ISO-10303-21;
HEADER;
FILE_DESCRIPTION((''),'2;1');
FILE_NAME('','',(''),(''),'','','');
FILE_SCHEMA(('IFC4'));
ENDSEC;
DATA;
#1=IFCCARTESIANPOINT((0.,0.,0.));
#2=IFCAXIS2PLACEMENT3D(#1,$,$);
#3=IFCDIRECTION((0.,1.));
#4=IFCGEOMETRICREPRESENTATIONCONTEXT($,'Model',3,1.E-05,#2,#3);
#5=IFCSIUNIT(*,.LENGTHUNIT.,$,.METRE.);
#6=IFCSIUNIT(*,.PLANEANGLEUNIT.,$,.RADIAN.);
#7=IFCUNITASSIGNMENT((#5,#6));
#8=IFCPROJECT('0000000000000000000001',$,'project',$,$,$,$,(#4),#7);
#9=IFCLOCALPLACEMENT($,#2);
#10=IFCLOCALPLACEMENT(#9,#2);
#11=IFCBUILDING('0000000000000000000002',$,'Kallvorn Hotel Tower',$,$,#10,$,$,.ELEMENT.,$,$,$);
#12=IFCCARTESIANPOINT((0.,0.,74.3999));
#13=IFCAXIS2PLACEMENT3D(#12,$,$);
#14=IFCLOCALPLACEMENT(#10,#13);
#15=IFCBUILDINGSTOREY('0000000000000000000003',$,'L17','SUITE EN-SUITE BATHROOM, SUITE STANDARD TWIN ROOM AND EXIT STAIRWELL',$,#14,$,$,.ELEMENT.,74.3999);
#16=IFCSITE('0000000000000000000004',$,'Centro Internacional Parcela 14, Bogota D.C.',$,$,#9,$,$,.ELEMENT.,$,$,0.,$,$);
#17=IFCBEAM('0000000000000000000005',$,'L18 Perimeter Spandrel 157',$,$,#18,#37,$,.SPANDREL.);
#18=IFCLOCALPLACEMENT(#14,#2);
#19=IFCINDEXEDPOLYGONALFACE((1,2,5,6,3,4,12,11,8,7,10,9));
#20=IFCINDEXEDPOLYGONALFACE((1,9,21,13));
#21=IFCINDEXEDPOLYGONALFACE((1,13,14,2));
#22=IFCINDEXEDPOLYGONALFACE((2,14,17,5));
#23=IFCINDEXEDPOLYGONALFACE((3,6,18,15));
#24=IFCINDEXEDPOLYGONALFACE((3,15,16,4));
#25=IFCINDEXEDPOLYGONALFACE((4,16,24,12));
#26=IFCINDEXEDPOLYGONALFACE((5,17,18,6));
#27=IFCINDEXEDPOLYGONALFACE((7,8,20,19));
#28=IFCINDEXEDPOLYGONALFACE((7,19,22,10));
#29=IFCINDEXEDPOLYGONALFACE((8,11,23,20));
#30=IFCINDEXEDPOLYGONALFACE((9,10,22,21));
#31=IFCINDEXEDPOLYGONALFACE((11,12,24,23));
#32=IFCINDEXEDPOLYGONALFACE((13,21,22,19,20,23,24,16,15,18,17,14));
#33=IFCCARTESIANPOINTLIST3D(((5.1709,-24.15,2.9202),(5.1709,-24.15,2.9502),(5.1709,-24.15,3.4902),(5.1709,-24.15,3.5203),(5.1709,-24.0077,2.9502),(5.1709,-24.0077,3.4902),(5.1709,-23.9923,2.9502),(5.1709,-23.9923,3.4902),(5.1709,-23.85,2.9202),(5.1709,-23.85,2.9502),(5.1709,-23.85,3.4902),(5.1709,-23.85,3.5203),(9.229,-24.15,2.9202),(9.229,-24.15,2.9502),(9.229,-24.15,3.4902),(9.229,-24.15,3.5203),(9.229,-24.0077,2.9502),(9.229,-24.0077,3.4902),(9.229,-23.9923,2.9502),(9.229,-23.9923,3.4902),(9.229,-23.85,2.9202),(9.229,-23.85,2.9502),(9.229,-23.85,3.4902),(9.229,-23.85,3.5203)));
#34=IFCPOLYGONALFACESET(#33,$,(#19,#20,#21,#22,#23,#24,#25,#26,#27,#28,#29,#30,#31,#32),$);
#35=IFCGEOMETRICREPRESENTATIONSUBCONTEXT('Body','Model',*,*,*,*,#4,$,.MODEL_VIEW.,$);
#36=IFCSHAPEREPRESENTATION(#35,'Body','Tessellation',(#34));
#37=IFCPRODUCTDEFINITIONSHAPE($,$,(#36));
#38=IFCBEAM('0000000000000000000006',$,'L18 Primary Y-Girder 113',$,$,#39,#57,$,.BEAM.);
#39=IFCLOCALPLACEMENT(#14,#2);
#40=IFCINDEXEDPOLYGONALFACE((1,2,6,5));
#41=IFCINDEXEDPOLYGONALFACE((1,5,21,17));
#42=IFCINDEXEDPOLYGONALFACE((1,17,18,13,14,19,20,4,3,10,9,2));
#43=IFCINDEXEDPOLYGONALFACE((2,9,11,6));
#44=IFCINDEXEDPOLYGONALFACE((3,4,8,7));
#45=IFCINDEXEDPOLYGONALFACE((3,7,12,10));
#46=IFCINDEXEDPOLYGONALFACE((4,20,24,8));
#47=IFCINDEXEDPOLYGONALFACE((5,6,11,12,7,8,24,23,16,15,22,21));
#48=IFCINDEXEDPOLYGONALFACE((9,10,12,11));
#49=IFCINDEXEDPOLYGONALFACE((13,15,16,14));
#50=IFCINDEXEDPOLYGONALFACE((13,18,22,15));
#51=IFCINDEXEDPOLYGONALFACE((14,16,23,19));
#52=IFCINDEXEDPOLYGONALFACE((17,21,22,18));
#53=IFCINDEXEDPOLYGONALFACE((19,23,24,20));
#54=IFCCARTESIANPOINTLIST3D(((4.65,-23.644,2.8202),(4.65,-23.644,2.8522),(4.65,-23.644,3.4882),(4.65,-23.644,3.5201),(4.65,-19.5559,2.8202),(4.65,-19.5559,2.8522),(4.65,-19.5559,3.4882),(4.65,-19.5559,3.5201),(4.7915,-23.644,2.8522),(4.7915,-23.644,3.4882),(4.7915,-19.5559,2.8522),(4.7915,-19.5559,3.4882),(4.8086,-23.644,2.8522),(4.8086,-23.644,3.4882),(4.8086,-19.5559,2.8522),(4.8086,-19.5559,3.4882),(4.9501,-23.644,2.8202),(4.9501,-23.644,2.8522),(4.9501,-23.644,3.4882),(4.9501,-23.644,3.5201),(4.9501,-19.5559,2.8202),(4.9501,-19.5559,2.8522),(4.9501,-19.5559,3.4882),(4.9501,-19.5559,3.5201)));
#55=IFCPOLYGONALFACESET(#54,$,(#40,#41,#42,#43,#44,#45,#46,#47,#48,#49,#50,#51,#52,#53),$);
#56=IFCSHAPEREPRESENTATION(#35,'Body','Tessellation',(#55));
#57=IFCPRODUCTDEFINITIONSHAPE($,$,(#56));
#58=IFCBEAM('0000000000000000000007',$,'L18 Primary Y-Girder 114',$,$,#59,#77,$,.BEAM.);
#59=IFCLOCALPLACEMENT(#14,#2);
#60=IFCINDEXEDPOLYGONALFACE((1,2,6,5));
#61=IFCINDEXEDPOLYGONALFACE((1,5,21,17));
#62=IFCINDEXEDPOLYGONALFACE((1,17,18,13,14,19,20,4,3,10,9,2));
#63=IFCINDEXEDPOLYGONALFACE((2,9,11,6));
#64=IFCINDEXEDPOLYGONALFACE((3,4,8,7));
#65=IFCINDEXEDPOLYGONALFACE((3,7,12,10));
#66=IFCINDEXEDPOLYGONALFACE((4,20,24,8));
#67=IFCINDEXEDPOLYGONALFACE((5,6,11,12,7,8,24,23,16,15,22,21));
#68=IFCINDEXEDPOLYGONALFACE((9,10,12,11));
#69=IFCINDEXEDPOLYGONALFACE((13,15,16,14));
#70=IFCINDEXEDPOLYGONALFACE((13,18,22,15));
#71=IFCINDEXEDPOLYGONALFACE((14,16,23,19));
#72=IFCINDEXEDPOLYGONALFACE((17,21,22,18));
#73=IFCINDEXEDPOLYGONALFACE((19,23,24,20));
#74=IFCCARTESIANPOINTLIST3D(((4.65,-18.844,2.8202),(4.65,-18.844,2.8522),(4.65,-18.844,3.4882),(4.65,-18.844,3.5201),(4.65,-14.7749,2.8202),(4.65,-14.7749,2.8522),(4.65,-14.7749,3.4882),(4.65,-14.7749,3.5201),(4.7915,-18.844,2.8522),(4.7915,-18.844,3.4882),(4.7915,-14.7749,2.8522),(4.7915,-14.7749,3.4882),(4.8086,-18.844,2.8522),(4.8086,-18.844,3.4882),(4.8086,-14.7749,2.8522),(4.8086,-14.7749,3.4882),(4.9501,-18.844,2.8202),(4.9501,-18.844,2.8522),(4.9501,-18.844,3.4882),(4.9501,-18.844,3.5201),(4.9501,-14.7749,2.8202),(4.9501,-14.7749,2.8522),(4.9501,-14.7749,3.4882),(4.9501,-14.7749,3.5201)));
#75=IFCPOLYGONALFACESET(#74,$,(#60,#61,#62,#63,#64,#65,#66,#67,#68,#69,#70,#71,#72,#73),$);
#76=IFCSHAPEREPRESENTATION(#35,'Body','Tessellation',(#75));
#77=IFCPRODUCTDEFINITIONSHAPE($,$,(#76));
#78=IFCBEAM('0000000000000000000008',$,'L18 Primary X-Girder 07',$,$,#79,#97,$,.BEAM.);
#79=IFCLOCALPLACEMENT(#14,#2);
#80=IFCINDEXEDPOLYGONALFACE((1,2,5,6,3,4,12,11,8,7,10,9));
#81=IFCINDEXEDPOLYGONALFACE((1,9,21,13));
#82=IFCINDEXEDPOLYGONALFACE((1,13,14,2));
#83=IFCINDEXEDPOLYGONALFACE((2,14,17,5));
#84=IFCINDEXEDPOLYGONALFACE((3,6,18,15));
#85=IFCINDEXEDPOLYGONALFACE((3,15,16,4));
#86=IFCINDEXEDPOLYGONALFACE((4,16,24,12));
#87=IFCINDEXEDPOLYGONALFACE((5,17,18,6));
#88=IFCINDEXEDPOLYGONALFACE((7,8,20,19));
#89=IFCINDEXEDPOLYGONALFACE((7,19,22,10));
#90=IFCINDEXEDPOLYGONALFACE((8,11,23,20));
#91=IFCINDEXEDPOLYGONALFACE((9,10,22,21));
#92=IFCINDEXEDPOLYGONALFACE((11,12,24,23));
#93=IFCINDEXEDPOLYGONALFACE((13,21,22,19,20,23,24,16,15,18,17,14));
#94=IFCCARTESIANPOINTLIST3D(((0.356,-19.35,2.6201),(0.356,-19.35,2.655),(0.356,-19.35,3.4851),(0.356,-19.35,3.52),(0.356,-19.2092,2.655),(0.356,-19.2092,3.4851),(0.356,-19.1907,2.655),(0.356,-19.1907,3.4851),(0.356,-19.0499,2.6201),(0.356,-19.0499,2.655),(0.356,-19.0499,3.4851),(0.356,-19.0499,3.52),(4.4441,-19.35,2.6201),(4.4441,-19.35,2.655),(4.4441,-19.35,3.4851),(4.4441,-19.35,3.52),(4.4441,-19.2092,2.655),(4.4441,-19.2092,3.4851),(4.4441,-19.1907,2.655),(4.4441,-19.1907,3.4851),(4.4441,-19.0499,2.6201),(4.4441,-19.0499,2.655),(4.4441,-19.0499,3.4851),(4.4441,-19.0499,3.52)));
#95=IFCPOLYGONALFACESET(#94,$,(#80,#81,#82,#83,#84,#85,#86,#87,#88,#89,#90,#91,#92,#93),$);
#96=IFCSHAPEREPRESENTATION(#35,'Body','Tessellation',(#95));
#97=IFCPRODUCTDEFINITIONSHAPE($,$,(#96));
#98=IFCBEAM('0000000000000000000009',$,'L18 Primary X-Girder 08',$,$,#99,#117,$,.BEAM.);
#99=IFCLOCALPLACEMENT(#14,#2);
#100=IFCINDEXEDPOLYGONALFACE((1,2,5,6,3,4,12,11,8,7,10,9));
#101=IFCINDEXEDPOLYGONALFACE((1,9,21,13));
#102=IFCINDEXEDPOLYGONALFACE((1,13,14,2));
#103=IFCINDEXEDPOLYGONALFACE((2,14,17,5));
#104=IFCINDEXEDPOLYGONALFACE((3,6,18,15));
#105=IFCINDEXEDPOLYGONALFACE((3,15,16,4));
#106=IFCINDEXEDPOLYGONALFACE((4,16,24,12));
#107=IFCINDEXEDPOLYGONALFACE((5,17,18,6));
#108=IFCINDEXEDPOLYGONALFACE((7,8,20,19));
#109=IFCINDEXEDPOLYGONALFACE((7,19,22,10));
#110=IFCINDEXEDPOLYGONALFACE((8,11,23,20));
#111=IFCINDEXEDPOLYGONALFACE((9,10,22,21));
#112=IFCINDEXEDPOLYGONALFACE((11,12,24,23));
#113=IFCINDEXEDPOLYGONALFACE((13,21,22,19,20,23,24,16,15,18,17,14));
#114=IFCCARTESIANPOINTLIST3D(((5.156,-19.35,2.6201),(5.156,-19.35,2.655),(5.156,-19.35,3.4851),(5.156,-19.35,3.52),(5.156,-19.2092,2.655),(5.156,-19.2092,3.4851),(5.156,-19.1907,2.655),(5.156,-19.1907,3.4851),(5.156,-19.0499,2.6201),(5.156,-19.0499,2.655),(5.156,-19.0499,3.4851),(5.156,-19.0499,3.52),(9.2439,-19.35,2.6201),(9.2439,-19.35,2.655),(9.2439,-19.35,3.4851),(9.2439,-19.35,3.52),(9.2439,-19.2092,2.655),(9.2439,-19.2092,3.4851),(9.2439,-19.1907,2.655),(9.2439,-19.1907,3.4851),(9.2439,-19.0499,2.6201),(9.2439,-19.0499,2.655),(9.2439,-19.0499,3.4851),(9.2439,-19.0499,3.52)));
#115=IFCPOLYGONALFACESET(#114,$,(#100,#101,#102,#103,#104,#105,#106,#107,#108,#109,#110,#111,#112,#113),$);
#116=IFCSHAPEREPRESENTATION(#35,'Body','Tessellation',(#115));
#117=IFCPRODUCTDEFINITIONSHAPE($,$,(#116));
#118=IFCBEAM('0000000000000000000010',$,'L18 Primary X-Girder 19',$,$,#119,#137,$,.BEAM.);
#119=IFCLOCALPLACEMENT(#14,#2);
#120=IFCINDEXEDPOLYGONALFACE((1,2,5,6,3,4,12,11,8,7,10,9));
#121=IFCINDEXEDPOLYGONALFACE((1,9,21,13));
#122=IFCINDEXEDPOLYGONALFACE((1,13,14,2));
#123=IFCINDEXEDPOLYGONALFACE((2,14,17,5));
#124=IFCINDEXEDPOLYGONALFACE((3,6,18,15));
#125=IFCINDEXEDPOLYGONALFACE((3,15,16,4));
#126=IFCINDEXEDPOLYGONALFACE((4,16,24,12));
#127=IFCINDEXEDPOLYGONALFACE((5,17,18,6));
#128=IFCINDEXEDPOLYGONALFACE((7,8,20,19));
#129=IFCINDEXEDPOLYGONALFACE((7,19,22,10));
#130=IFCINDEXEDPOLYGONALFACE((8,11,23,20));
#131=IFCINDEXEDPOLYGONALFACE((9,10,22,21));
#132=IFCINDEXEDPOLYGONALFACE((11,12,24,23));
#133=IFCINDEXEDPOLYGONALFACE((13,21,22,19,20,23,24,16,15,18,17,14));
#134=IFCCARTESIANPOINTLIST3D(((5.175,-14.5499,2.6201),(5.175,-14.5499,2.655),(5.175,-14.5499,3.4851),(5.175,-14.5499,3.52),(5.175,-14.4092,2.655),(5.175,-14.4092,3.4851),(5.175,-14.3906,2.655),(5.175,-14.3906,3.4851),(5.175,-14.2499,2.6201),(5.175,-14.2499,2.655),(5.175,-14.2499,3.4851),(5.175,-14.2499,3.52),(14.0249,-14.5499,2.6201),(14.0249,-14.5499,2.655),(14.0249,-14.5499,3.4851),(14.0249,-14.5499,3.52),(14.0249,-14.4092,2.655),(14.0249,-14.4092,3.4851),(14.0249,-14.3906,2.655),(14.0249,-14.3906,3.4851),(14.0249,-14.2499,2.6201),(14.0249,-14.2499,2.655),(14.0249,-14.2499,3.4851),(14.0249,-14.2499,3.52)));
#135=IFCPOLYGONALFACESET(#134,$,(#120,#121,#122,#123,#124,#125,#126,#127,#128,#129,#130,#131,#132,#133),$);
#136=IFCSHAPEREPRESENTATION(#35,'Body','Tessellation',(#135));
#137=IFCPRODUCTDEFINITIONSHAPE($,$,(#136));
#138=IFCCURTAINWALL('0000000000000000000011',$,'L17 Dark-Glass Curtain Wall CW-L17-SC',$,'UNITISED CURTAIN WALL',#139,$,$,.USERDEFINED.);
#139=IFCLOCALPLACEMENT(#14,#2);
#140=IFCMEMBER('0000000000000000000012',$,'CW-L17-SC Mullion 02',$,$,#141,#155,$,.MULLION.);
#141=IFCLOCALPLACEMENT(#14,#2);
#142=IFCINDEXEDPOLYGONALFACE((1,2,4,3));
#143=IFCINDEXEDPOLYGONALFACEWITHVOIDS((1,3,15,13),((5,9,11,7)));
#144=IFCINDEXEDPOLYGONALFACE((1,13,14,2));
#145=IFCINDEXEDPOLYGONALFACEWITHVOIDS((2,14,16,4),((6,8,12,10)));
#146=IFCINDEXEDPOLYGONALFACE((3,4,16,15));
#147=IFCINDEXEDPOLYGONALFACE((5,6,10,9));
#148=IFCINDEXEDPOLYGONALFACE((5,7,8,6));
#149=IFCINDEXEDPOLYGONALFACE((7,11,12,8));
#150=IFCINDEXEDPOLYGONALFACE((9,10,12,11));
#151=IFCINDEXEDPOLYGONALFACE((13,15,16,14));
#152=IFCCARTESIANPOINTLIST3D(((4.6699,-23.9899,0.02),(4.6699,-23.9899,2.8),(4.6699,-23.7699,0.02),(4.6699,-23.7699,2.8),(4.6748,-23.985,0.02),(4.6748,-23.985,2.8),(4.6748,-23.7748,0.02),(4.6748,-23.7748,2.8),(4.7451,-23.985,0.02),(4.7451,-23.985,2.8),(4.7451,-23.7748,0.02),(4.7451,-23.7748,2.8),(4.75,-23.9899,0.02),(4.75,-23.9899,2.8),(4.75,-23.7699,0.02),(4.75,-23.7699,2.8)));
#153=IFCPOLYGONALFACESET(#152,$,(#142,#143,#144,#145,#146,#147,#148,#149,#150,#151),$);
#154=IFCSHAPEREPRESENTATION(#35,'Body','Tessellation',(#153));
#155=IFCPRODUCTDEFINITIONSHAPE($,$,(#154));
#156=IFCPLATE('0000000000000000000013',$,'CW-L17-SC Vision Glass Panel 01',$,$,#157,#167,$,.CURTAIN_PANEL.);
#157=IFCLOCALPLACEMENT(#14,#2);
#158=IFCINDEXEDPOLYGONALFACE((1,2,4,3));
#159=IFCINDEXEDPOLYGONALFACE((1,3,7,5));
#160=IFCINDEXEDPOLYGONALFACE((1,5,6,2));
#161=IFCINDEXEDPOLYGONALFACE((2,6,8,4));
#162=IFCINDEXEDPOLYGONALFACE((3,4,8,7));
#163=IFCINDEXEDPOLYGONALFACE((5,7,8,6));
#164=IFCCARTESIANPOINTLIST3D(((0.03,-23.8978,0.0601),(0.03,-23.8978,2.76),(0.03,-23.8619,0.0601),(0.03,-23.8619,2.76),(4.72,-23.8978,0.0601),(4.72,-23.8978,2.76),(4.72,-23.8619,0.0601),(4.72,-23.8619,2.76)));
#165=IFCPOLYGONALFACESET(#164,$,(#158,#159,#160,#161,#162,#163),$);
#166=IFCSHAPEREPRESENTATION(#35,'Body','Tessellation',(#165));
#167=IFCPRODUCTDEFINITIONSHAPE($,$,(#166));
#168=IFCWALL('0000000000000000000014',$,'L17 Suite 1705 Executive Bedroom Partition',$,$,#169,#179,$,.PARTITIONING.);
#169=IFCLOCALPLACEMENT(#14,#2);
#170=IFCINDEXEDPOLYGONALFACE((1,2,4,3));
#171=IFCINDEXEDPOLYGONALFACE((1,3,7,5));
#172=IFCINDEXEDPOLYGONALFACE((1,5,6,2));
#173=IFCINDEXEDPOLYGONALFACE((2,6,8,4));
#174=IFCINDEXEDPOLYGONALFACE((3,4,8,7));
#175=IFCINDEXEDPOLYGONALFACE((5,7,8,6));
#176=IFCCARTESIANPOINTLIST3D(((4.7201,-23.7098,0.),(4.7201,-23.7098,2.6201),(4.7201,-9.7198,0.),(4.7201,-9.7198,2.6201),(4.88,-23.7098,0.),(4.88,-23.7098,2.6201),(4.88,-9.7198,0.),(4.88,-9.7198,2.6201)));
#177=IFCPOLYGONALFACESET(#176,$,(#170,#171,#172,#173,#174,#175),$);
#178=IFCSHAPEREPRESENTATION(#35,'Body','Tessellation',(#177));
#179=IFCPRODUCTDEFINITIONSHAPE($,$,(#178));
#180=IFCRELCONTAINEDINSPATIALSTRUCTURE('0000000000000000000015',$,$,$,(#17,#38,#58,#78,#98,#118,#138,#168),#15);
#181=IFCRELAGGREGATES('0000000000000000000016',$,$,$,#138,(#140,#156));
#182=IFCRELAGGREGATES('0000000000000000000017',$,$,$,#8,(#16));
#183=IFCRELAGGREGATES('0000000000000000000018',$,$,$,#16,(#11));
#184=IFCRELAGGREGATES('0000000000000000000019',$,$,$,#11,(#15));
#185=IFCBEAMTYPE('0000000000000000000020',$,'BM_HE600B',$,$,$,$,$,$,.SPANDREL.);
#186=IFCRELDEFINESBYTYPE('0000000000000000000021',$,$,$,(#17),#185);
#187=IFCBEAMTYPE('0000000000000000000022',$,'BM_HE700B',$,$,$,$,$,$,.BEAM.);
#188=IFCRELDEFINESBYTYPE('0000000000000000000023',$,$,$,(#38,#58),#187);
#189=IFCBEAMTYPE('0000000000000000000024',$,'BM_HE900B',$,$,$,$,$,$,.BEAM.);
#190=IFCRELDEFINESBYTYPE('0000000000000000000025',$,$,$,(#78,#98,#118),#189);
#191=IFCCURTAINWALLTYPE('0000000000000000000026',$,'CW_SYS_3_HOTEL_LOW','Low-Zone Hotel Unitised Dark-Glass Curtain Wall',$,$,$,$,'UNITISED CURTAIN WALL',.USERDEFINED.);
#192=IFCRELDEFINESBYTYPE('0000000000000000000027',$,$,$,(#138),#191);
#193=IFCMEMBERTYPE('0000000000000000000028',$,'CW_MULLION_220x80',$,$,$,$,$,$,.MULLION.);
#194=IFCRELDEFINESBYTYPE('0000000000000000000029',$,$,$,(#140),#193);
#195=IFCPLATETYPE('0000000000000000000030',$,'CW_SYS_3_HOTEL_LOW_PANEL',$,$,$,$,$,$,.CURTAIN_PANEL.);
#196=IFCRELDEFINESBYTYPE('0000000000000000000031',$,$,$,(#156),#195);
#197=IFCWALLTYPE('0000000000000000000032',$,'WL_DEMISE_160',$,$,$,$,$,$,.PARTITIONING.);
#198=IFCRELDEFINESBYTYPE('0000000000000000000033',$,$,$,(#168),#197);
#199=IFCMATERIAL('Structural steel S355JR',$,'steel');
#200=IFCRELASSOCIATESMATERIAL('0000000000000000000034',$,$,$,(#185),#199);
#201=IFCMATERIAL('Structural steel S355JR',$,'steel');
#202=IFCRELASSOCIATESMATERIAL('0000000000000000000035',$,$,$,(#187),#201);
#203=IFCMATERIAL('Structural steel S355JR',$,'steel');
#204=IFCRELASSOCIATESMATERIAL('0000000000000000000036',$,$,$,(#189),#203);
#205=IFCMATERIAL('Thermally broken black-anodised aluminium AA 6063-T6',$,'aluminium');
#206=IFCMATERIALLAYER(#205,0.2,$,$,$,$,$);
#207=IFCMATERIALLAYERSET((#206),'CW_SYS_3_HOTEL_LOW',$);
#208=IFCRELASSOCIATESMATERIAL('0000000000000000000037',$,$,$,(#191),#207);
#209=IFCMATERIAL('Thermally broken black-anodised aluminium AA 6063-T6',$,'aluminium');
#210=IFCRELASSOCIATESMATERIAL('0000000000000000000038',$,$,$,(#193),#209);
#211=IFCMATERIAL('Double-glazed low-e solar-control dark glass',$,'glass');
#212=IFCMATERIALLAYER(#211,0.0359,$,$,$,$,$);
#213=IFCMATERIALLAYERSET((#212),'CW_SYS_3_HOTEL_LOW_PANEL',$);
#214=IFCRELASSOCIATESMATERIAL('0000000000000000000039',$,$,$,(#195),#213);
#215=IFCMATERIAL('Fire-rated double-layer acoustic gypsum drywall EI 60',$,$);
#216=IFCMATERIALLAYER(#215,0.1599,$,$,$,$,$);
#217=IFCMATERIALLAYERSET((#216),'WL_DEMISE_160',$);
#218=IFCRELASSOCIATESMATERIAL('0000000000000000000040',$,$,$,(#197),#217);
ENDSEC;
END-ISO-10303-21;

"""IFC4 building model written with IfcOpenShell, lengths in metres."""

from ifc_helpers import new_model, si_unit, direction, frame, frame_2d, origin, origin_2d, place, context, subcontext, project, spatial, rectangle, hollow_rectangle, i_section, extrude, material, layer, layer_set, material_profile, profile_set, type_object, element, aggregate, save


model = new_model("IFC4")

# Units and contexts
model_context = context("Model", 3, precision=1e-05, world=origin(), true_north=direction((0.0, 1.0)))
body_context = subcontext(model_context, "Body", "Model", "MODEL_VIEW")
ifc_project = project(units=[si_unit("LENGTHUNIT", "METRE"), si_unit("PLANEANGLEUNIT", "RADIAN")], contexts=[model_context])

# Site, building, storey
site_placement = place(None, origin())
site = spatial("IfcSite", under=ifc_project, at=site_placement, Name="Centro Internacional Parcela 14, Bogota D.C.", CompositionType="ELEMENT", RefElevation=0.0)
building_placement = place(site_placement, origin())
building = spatial("IfcBuilding", under=site, at=building_placement, Name="Kallvorn Hotel Tower", CompositionType="ELEMENT")
storey_placement = place(building_placement, frame((0.0, 0.0, 74.3999)))
storey = spatial("IfcBuildingStorey", under=building, at=storey_placement, Name="L17", Description="SUITE EN-SUITE BATHROOM, SUITE STANDARD TWIN ROOM AND EXIT STAIRWELL", CompositionType="ELEMENT", Elevation=74.3999)

# Beams
ifc_material_1 = material(Name="Structural steel S355JR", Category="steel")
ifc_material_profile_1 = material_profile(ifc_material_1, i_section(OverallWidth=0.3, OverallDepth=0.6001, WebThickness=0.0154, FlangeThickness=0.03, at=origin_2d()), Name="HE 600 B")
ifc_profile_set_1 = profile_set([ifc_material_profile_1], Name="Structural steel S355JR")
beam_type_1 = type_object("IfcBeamType", Name="BM_HE600B", PredefinedType="SPANDREL", material=ifc_profile_set_1)
beam_1_placement = place(storey_placement, frame((5.1709, -24.0, 3.2202), z_axis=(1.0, 0.0, 0.0), x_axis=(0.0, 1.0, 0.0)))
element("IfcBeam", 1, at=beam_1_placement, inside=storey, type_object=beam_type_1, Name="L18 Perimeter Spandrel 157", PredefinedType="SPANDREL", context=body_context, shape_type="SweptSolid", body=[
    extrude(i_section(OverallWidth=0.3, OverallDepth=0.6001, WebThickness=0.0154, FlangeThickness=0.03, at=origin_2d()), origin(), (0.0, 0.0, 1.0), 4.0581),
])
ifc_material_2 = material(Name="Structural steel S355JR", Category="steel")
ifc_material_profile_2 = material_profile(ifc_material_2, i_section(OverallWidth=0.3, OverallDepth=0.7, WebThickness=0.0171, FlangeThickness=0.032, at=origin_2d()), Name="HE 700 B")
ifc_profile_set_2 = profile_set([ifc_material_profile_2], Name="Structural steel S355JR")
beam_type_2 = type_object("IfcBeamType", Name="BM_HE700B", PredefinedType="BEAM", material=ifc_profile_set_2)
beam_2_placement = place(storey_placement, frame((4.8, -23.644, 3.1702), z_axis=(0.0, 1.0, 0.0), x_axis=(-1.0, 0.0, 0.0)))
element("IfcBeam", 2, at=beam_2_placement, inside=storey, type_object=beam_type_2, Name="L18 Primary Y-Girder 113", PredefinedType="BEAM", context=body_context, shape_type="SweptSolid", body=[
    extrude(i_section(OverallWidth=0.3, OverallDepth=0.7, WebThickness=0.0171, FlangeThickness=0.032, at=origin_2d()), origin(), (0.0, 0.0, 1.0), 4.0881),
])
beam_3_placement = place(storey_placement, frame((4.8, -18.844, 3.1702), z_axis=(0.0, 1.0, 0.0), x_axis=(-1.0, 0.0, 0.0)))
element("IfcBeam", 3, at=beam_3_placement, inside=storey, type_object=beam_type_2, Name="L18 Primary Y-Girder 114", PredefinedType="BEAM", context=body_context, shape_type="SweptSolid", body=[
    extrude(i_section(OverallWidth=0.3, OverallDepth=0.7, WebThickness=0.0171, FlangeThickness=0.032, at=origin_2d()), origin(), (0.0, 0.0, 1.0), 4.0691),
])
ifc_material_3 = material(Name="Structural steel S355JR", Category="steel")
ifc_material_profile_3 = material_profile(ifc_material_3, i_section(OverallWidth=0.3, OverallDepth=0.8999, WebThickness=0.0186, FlangeThickness=0.0349, at=origin_2d()), Name="HE 900 B")
ifc_profile_set_3 = profile_set([ifc_material_profile_3], Name="Structural steel S355JR")
beam_type_3 = type_object("IfcBeamType", Name="BM_HE900B", PredefinedType="BEAM", material=ifc_profile_set_3)
beam_4_placement = place(storey_placement, frame((0.356, -19.2, 3.0701), z_axis=(1.0, 0.0, 0.0), x_axis=(0.0, 1.0, 0.0)))
element("IfcBeam", 4, at=beam_4_placement, inside=storey, type_object=beam_type_3, Name="L18 Primary X-Girder 07", PredefinedType="BEAM", context=body_context, shape_type="SweptSolid", body=[
    extrude(i_section(OverallWidth=0.3, OverallDepth=0.8999, WebThickness=0.0186, FlangeThickness=0.0349, at=origin_2d()), origin(), (0.0, 0.0, 1.0), 4.0881),
])
beam_5_placement = place(storey_placement, frame((5.156, -19.2, 3.0701), z_axis=(1.0, 0.0, 0.0), x_axis=(0.0, 1.0, 0.0)))
element("IfcBeam", 5, at=beam_5_placement, inside=storey, type_object=beam_type_3, Name="L18 Primary X-Girder 08", PredefinedType="BEAM", context=body_context, shape_type="SweptSolid", body=[
    extrude(i_section(OverallWidth=0.3, OverallDepth=0.8999, WebThickness=0.0186, FlangeThickness=0.0349, at=origin_2d()), origin(), (0.0, 0.0, 1.0), 4.0879),
])
beam_6_placement = place(storey_placement, frame((5.175, -14.3999, 3.0701), z_axis=(1.0, 0.0, 0.0), x_axis=(0.0, 1.0, 0.0)))
element("IfcBeam", 6, at=beam_6_placement, inside=storey, type_object=beam_type_3, Name="L18 Primary X-Girder 19", PredefinedType="BEAM", context=body_context, shape_type="SweptSolid", body=[
    extrude(i_section(OverallWidth=0.3, OverallDepth=0.8999, WebThickness=0.0186, FlangeThickness=0.0349, at=origin_2d()), origin(), (0.0, 0.0, 1.0), 8.8499),
])

# Curtain wall, member, plate
ifc_material_4 = material(Name="Thermally broken black-anodised aluminium AA 6063-T6", Category="aluminium")
ifc_layer_1 = layer(ifc_material_4, 0.2)
ifc_layer_set_1 = layer_set([ifc_layer_1], Name="CW_SYS_3_HOTEL_LOW")
curtain_wall_type = type_object("IfcCurtainWallType", Name="CW_SYS_3_HOTEL_LOW", Description="Low-Zone Hotel Unitised Dark-Glass Curtain Wall", ElementType="UNITISED CURTAIN WALL", PredefinedType="USERDEFINED", material=ifc_layer_set_1)
curtain_wall_placement = place(storey_placement, origin())
curtain_wall = element("IfcCurtainWall", 7, at=curtain_wall_placement, inside=storey, type_object=curtain_wall_type, Name="L17 Dark-Glass Curtain Wall CW-L17-SC", ObjectType="UNITISED CURTAIN WALL", PredefinedType="USERDEFINED")
ifc_material_5 = material(Name="Thermally broken black-anodised aluminium AA 6063-T6", Category="aluminium")
ifc_material_profile_4 = material_profile(ifc_material_5, hollow_rectangle(XDim=0.0801, YDim=0.22, WallThickness=0.0049, at=origin_2d()), Name="MUL 220x80")
ifc_profile_set_4 = profile_set([ifc_material_profile_4], Name="Thermally broken black-anodised aluminium AA 6063-T6")
member_type = type_object("IfcMemberType", Name="CW_MULLION_220x80", PredefinedType="MULLION", material=ifc_profile_set_4)
member_placement = place(storey_placement, frame((4.71, -23.8799, 0.02), z_axis=(0.0, 0.0, 1.0), x_axis=(1.0, 0.0, 0.0)))
member = element("IfcMember", 8, at=member_placement, type_object=member_type, Name="CW-L17-SC Mullion 02", PredefinedType="MULLION", context=body_context, shape_type="SweptSolid", body=[
    extrude(hollow_rectangle(XDim=0.0801, YDim=0.22, WallThickness=0.0049, at=origin_2d()), origin(), (0.0, 0.0, 1.0), 2.78),
])
ifc_material_6 = material(Name="Double-glazed low-e solar-control dark glass", Category="glass")
ifc_layer_2 = layer(ifc_material_6, 0.0359)
ifc_layer_set_2 = layer_set([ifc_layer_2], Name="CW_SYS_3_HOTEL_LOW_PANEL")
plate_type = type_object("IfcPlateType", Name="CW_SYS_3_HOTEL_LOW_PANEL", PredefinedType="CURTAIN_PANEL", material=ifc_layer_set_2)
plate_placement = place(storey_placement, frame((2.375, -23.8799, 0.0601), z_axis=(0.0, 0.0, 1.0), x_axis=(1.0, 0.0, 0.0)))
plate = element("IfcPlate", 9, at=plate_placement, type_object=plate_type, Name="CW-L17-SC Vision Glass Panel 01", PredefinedType="CURTAIN_PANEL", context=body_context, shape_type="SweptSolid", body=[
    extrude(rectangle(XDim=4.6899, YDim=0.0359, at=origin_2d()), origin(), (0.0, 0.0, 1.0), 2.7),
])
aggregate(curtain_wall, [member, plate])

# Wall
ifc_material_7 = material(Name="Fire-rated double-layer acoustic gypsum drywall EI 60")
ifc_layer_3 = layer(ifc_material_7, 0.1599)
ifc_layer_set_3 = layer_set([ifc_layer_3], Name="WL_DEMISE_160")
wall_type_1 = type_object("IfcWallType", Name="WL_DEMISE_160", PredefinedType="PARTITIONING", material=ifc_layer_set_3)
wall_1_placement = place(storey_placement, frame((4.8, -23.71, 0.0), z_axis=(0.0, 0.0, 1.0), x_axis=(0.0, 1.0, 0.0)))
element("IfcWall", 10, at=wall_1_placement, inside=storey, type_object=wall_type_1, Name="L17 Suite 1705 Executive Bedroom Partition", PredefinedType="PARTITIONING", context=body_context, shape_type="SweptSolid", body=[
    extrude(rectangle(XDim=13.99, YDim=0.1599, at=frame_2d((6.9951, 0.0))), origin(), (0.0, 0.0, 1.0), 2.6201),
])

save(model, "model.ifc")
